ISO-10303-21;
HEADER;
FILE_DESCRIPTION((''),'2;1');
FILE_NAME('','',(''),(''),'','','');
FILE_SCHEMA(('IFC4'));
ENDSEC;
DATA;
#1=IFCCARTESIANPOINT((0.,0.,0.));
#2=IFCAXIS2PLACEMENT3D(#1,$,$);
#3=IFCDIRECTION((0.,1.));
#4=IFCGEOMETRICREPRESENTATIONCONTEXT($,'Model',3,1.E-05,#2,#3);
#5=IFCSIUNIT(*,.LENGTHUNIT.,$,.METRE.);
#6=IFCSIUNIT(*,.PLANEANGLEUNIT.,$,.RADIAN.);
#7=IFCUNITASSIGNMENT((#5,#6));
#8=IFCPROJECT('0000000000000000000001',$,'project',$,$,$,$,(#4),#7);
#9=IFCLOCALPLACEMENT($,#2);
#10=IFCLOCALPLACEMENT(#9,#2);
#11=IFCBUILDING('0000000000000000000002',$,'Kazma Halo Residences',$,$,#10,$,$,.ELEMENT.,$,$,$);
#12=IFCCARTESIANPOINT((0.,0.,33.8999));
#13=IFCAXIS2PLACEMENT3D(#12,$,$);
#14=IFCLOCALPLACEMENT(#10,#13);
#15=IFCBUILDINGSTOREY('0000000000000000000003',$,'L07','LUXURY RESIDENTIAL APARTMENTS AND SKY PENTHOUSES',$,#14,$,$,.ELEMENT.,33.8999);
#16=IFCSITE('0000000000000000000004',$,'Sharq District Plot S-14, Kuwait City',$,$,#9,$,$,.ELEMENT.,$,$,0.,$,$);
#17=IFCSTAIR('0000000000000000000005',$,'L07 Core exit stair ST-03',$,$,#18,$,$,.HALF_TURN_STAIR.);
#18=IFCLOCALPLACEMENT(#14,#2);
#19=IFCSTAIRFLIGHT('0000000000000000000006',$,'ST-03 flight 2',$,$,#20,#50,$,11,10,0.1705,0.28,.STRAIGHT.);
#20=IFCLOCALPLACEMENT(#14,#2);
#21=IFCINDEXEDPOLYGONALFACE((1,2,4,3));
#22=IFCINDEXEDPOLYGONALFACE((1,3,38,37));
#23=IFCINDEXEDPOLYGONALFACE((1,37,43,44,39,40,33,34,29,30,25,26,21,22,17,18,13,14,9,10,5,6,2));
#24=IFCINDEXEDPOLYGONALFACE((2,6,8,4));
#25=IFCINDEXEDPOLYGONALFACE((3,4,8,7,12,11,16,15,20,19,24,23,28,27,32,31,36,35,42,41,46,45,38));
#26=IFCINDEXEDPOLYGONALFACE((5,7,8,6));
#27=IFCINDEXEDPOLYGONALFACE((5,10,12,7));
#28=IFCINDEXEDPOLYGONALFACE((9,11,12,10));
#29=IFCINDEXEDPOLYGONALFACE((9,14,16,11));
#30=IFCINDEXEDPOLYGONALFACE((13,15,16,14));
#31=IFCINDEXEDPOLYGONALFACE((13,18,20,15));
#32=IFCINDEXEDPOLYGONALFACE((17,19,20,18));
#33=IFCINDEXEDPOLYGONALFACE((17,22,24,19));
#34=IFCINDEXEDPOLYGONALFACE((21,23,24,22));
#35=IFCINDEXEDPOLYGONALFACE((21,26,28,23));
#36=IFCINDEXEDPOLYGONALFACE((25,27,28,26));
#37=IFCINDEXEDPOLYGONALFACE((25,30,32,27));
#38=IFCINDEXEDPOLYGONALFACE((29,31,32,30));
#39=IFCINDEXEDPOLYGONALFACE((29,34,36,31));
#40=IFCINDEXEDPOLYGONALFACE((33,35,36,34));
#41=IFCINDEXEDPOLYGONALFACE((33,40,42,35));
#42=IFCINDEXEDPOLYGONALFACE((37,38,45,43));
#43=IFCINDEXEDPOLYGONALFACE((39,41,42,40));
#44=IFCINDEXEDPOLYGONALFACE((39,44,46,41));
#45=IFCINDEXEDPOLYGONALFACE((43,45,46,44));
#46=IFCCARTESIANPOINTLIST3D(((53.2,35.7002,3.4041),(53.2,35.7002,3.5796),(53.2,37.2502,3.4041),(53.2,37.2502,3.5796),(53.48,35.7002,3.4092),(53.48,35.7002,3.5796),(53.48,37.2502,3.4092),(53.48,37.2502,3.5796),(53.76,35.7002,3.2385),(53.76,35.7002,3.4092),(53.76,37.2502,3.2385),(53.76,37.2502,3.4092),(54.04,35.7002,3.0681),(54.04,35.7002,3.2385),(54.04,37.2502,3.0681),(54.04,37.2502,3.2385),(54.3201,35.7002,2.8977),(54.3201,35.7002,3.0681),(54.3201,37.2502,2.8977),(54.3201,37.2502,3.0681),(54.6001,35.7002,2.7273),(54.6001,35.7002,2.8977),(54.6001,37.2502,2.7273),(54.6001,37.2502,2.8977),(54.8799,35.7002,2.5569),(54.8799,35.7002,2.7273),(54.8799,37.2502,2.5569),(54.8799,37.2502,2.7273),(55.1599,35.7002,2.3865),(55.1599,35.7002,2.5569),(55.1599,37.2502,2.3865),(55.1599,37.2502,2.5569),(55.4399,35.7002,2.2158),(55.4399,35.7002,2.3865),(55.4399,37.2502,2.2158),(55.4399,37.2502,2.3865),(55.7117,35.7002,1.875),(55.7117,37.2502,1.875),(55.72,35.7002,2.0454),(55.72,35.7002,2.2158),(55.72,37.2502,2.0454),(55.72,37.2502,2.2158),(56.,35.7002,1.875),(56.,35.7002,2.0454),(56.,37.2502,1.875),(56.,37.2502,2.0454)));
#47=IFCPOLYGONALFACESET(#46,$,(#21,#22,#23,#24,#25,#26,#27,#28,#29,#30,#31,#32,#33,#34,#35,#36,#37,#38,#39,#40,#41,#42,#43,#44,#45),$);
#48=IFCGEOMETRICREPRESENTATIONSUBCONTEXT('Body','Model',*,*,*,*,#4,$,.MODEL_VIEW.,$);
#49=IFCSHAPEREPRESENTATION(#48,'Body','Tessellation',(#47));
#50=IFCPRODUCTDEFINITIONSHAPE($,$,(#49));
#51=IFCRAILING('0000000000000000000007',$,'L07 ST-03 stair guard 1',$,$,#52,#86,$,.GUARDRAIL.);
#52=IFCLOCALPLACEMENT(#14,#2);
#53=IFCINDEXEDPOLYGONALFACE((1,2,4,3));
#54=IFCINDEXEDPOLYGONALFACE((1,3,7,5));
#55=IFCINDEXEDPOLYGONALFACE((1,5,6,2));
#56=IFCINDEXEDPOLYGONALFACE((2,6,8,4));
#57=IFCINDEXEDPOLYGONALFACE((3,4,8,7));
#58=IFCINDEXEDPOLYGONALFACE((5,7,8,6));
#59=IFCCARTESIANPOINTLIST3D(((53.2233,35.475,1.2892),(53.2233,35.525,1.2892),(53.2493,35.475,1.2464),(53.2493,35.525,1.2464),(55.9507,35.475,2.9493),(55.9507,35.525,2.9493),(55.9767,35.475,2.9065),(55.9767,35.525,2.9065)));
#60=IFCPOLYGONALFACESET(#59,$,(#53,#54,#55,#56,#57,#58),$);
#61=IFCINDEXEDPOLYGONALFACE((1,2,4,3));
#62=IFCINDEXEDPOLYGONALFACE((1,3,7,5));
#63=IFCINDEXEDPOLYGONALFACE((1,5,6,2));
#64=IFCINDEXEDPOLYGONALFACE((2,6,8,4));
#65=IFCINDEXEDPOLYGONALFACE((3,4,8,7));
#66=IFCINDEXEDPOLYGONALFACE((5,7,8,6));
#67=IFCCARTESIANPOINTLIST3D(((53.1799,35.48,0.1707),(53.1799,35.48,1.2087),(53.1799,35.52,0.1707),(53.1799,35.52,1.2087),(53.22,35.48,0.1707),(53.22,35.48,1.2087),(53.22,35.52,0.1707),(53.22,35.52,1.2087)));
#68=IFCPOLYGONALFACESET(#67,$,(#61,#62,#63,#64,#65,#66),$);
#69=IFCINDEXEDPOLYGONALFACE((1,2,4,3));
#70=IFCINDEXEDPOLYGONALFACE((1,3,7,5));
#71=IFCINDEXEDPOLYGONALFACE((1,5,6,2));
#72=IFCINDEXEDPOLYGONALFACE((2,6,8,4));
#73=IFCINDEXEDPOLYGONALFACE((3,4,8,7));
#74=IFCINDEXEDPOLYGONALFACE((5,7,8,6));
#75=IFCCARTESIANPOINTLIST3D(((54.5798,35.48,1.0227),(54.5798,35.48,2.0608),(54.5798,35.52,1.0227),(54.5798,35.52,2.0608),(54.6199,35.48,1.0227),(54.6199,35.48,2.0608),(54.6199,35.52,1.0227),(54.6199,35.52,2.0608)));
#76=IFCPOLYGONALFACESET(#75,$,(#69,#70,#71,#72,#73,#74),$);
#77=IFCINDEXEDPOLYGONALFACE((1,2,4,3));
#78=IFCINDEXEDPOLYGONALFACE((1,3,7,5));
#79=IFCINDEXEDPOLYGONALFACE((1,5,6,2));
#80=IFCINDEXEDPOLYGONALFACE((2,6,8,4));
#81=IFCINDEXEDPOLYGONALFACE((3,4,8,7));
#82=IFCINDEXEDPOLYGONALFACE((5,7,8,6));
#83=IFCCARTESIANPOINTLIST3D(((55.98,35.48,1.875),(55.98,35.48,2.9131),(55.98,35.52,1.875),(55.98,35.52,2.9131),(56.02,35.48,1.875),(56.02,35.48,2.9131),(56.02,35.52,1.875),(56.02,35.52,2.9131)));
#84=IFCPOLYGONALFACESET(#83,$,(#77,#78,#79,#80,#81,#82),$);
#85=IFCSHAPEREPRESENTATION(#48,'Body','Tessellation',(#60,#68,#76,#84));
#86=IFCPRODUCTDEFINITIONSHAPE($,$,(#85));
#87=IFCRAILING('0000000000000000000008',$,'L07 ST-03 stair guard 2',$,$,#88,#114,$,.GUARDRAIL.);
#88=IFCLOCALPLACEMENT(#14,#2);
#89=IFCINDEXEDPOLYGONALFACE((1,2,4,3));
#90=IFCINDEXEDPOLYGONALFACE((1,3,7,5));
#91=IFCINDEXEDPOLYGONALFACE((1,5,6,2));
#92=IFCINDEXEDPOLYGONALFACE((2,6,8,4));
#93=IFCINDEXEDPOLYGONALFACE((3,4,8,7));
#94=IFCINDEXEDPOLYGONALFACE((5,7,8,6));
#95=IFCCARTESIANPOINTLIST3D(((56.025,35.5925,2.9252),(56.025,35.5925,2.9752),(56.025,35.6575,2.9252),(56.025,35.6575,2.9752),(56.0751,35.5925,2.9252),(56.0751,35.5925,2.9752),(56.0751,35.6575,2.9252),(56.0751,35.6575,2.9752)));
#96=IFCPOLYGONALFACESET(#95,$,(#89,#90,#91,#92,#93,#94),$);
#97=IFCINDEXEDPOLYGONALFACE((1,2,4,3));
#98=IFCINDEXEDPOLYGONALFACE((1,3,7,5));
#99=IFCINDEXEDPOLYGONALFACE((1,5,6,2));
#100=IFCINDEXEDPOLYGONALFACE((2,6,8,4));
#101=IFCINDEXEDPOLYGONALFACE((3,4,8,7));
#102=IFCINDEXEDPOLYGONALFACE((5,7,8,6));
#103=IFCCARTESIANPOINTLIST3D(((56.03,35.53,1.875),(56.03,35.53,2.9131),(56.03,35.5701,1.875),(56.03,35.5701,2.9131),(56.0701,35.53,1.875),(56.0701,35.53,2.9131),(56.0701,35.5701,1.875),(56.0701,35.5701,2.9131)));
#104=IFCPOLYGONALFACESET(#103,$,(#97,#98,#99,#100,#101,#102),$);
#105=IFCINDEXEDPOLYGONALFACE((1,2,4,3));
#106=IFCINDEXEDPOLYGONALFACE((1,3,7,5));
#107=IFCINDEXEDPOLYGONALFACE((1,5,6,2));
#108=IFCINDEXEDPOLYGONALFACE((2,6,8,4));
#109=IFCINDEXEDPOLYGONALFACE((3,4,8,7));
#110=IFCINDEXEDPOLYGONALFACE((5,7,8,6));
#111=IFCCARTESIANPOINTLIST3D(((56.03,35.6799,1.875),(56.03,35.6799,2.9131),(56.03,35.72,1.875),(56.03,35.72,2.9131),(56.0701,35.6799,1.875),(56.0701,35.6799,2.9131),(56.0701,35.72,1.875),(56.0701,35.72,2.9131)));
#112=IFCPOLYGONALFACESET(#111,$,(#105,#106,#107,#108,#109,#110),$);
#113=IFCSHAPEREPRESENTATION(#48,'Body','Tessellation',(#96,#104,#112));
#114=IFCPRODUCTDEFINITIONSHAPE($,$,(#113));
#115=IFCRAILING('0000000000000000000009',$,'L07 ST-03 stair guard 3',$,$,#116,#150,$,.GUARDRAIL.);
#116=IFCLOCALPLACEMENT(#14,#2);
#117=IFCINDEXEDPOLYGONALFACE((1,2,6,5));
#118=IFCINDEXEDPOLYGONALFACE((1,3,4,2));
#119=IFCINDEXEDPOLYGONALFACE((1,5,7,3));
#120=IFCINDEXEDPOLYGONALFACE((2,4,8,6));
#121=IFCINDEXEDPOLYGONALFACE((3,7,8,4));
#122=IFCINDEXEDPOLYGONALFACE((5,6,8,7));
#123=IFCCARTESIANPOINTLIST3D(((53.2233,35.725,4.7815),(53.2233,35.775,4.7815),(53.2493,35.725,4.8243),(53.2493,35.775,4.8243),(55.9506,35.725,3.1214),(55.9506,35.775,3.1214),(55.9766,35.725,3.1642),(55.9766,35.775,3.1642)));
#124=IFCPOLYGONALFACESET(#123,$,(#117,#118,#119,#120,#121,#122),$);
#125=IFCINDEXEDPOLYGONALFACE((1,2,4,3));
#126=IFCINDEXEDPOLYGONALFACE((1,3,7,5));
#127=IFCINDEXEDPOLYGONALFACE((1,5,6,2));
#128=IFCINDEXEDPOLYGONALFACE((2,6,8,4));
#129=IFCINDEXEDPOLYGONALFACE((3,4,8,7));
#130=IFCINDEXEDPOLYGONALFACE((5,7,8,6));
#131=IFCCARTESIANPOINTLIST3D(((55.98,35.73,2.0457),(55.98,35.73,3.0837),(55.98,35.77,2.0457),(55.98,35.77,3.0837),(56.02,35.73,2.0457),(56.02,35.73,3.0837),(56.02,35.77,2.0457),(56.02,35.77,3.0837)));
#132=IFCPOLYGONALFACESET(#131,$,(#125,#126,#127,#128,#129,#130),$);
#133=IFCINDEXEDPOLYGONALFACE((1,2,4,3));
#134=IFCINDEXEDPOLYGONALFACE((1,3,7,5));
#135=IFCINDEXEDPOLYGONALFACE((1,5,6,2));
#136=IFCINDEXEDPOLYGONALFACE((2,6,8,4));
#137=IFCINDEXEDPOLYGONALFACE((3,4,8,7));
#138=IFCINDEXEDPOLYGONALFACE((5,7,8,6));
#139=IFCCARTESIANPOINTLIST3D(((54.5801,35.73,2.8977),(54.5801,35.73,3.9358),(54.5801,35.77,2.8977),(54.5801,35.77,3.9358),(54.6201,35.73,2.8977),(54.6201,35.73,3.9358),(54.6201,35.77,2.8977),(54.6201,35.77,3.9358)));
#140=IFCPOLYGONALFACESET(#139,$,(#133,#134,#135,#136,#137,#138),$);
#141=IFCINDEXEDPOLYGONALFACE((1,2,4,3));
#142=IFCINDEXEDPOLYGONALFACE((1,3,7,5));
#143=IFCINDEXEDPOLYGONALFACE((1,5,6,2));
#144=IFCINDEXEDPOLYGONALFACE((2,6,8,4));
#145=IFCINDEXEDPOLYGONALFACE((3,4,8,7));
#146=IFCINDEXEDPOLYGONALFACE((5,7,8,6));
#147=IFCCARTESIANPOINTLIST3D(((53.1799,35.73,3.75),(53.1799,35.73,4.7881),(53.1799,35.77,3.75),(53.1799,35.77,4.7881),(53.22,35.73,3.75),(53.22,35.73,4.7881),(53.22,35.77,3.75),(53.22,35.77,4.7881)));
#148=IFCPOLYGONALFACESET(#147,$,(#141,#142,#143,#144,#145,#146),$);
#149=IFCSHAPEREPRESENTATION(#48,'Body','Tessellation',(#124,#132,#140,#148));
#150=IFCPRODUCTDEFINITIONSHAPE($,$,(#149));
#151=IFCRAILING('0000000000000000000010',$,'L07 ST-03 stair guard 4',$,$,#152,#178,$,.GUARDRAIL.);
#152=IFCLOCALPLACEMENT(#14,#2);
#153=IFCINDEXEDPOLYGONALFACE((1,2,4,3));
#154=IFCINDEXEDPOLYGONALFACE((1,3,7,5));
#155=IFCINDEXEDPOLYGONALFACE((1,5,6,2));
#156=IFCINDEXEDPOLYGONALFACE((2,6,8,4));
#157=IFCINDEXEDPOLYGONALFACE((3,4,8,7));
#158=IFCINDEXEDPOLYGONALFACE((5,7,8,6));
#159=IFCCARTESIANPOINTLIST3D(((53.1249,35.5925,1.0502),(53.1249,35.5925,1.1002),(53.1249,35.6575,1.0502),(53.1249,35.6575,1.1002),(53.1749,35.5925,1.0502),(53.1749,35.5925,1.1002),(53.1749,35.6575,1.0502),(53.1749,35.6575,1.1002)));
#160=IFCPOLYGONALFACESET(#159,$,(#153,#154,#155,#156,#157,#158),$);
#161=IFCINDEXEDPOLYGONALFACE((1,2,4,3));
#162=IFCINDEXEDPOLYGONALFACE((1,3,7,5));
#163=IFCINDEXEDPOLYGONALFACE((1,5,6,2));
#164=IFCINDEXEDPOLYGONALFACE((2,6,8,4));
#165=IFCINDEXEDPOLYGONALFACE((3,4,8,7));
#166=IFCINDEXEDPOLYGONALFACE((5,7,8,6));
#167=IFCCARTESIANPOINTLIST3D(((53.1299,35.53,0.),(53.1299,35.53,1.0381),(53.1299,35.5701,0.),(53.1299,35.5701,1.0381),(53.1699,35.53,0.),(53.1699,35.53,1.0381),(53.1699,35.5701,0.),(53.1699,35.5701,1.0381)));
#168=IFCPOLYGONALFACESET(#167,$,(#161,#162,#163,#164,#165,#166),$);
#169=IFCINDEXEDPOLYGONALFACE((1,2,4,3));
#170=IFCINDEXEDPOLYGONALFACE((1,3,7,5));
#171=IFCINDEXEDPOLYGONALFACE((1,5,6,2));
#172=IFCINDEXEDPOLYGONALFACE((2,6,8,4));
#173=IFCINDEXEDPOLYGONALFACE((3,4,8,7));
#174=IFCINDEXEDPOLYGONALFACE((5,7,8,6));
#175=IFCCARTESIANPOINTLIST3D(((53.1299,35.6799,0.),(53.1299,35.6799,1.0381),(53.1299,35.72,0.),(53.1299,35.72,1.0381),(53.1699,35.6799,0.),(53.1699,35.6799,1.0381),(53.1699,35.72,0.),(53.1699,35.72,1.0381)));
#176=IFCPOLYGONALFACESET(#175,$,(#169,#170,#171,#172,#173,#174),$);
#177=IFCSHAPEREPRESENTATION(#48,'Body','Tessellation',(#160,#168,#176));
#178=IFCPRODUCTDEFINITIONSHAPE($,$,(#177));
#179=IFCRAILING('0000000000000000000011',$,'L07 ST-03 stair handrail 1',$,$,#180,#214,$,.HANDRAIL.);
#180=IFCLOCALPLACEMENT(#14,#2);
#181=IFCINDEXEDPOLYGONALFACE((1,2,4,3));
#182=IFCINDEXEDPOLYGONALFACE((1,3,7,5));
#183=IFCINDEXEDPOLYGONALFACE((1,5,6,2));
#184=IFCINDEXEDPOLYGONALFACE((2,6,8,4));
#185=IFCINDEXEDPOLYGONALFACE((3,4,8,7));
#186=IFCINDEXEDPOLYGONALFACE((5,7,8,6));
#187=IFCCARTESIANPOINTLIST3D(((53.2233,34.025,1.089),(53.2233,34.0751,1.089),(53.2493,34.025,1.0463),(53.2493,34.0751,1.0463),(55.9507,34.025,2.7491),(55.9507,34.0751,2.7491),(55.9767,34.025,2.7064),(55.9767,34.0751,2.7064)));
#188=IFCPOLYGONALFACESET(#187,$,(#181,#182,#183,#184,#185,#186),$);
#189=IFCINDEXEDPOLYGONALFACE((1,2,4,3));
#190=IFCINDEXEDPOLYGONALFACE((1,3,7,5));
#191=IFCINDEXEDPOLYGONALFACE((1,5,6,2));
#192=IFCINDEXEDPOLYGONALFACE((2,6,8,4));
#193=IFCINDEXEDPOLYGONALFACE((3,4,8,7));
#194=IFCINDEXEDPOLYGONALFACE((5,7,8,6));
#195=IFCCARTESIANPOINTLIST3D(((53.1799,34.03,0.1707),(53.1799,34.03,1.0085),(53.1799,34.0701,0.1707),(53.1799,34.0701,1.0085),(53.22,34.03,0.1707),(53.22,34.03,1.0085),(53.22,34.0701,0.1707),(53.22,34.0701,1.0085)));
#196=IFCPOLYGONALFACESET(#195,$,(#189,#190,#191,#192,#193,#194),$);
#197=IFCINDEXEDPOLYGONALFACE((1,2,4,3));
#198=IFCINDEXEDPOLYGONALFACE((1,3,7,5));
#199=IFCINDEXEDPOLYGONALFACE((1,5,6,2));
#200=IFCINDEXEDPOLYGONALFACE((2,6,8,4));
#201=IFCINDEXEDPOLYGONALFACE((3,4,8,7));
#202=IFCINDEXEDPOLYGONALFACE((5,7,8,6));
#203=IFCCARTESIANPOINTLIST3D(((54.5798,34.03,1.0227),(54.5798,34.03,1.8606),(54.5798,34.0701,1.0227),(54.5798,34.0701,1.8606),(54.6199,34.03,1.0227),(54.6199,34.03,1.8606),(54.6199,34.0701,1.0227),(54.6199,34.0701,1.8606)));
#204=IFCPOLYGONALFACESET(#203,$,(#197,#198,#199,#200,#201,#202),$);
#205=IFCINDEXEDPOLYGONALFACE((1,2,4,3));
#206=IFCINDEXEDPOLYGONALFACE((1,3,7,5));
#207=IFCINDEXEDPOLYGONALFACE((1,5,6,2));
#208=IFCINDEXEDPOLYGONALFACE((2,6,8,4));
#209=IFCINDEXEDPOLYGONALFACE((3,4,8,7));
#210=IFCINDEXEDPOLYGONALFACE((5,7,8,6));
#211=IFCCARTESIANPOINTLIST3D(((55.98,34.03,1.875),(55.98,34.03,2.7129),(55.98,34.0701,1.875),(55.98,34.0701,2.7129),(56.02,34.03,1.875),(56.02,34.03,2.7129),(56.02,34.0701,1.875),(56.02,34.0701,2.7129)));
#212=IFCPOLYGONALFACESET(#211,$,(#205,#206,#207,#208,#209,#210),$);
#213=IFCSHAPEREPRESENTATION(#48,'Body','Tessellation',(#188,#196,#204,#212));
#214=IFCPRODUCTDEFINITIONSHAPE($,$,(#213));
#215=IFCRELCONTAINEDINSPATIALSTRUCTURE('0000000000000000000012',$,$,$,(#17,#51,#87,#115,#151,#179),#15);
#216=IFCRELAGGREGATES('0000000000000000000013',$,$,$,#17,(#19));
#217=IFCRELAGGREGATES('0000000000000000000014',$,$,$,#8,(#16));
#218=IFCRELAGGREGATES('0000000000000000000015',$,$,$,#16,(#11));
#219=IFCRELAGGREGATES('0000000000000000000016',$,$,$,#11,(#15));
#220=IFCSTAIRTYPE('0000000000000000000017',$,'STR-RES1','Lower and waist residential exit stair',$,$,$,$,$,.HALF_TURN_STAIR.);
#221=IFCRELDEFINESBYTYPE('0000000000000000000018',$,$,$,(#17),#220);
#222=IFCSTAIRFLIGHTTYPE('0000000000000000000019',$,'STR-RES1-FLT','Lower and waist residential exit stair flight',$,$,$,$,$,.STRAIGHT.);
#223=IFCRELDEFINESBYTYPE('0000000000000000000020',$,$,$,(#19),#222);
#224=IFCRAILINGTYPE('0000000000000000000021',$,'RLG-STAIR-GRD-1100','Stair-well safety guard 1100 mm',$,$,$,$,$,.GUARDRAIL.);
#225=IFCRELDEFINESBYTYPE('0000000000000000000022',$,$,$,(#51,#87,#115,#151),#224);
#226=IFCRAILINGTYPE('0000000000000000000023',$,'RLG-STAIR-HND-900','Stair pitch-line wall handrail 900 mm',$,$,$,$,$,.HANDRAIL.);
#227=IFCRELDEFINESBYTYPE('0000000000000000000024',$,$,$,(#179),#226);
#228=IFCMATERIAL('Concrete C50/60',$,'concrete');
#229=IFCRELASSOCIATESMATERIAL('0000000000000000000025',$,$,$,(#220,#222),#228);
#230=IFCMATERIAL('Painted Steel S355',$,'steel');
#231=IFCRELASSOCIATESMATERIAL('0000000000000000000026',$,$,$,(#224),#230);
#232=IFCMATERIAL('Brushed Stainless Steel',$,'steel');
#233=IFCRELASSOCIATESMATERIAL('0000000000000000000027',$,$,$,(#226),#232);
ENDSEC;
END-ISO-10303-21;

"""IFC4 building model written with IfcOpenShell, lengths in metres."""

from ifc_helpers import new_model, si_unit, direction, frame, origin, origin_2d, place, context, subcontext, project, spatial, polyline, rectangle, outline, extrude, material, type_object, element, aggregate, save


model = new_model("IFC4")

# Units and contexts
model_context = context("Model", 3, precision=1e-05, world=origin(), true_north=direction((0.0, 1.0)))
body_context = subcontext(model_context, "Body", "Model", "MODEL_VIEW")
ifc_project = project(units=[si_unit("LENGTHUNIT", "METRE"), si_unit("PLANEANGLEUNIT", "RADIAN")], contexts=[model_context])

# Site, building, storey
site_placement = place(None, origin())
site = spatial("IfcSite", under=ifc_project, at=site_placement, Name="Sharq District Plot S-14, Kuwait City", CompositionType="ELEMENT", RefElevation=0.0)
building_placement = place(site_placement, origin())
building = spatial("IfcBuilding", under=site, at=building_placement, Name="Kazma Halo Residences", CompositionType="ELEMENT")
storey_placement = place(building_placement, frame((0.0, 0.0, 33.8999)))
storey = spatial("IfcBuildingStorey", under=building, at=storey_placement, Name="L07", Description="LUXURY RESIDENTIAL APARTMENTS AND SKY PENTHOUSES", CompositionType="ELEMENT", Elevation=33.8999)

# Shared definitions
ifc_material_1 = material(Name="Concrete C50/60", Category="concrete")

# Stair, stair flight
stair_type = type_object("IfcStairType", Name="STR-RES1", Description="Lower and waist residential exit stair", PredefinedType="HALF_TURN_STAIR", material=ifc_material_1)
stair_placement = place(storey_placement, origin())
stair = element("IfcStair", 1, at=stair_placement, inside=storey, type_object=stair_type, Name="L07 Core exit stair ST-03", PredefinedType="HALF_TURN_STAIR")
stair_flight_type = type_object("IfcStairFlightType", Name="STR-RES1-FLT", Description="Lower and waist residential exit stair flight", PredefinedType="STRAIGHT", material=ifc_material_1)
stair_flight_1_placement = place(storey_placement, frame((56.0, 36.4751, 1.875), z_axis=(0.0, 0.0, 1.0), x_axis=(-1.0, 0.0, 0.0)))
stair_flight_1 = element("IfcStairFlight", 2, at=stair_flight_1_placement, type_object=stair_flight_type, Name="ST-03 flight 2", NumberOfRisers=11, NumberOfTreads=10, PredefinedType="STRAIGHT", RiserHeight=0.1705, TreadLength=0.28, context=body_context, shape_type="SweptSolid", body=[
    extrude(outline(polyline([(0.0, 0.0), (0.0, 0.1704), (0.28, 0.1704), (0.28, 0.3408), (0.5601, 0.3408), (0.5601, 0.5115), (0.8401, 0.5115), (0.8401, 0.6819), (1.1201, 0.6819), (1.1201, 0.8523), (1.3999, 0.8523), (1.3999, 1.0227), (1.6799, 1.0227), (1.6799, 1.1931), (1.96, 1.1931), (1.96, 1.3635), (2.24, 1.3635), (2.24, 1.5342), (2.52, 1.5342), (2.52, 1.7046), (2.8, 1.7046), (2.8, 1.875), (2.8, 1.5291), (0.2883, 0.0), (0.0, 0.0)])), frame((0.0, 0.7749, 0.0), z_axis=(0.0, -1.0, 0.0), x_axis=(1.0, 0.0, 0.0)), (0.0, 0.0, 1.0), 1.55),
])
aggregate(stair, [stair_flight_1])

# Railings
ifc_material_2 = material(Name="Painted Steel S355", Category="steel")
railing_type_1 = type_object("IfcRailingType", Name="RLG-STAIR-GRD-1100", Description="Stair-well safety guard 1100 mm", PredefinedType="GUARDRAIL", material=ifc_material_2)
railing_1_placement = place(storey_placement, frame((53.2, 35.5, 0.1707)))
element("IfcRailing", 3, at=railing_1_placement, inside=storey, type_object=railing_type_1, Name="L07 ST-03 stair guard 1", PredefinedType="GUARDRAIL", context=body_context, shape_type="SweptSolid", body=[
    extrude(rectangle(XDim=0.05, YDim=0.05, at=origin_2d()), frame((0.0364, 0.0, 1.0972), z_axis=(0.854203, 0.0, 0.51994), x_axis=(0.0, 1.0, 0.0)), (0.0, 0.0, 1.0), 3.1929),
    extrude(rectangle(XDim=0.04, YDim=0.04, at=origin_2d()), origin(), (0.0, 0.0, 1.0), 1.0381),
    extrude(rectangle(XDim=0.04, YDim=0.04, at=origin_2d()), frame((1.3999, 0.0, 0.8521)), (0.0, 0.0, 1.0), 1.0381),
    extrude(rectangle(XDim=0.04, YDim=0.04, at=origin_2d()), frame((2.8, 0.0, 1.7043)), (0.0, 0.0, 1.0), 1.0381),
])
railing_2_placement = place(storey_placement, frame((56.05, 35.55, 1.875)))
element("IfcRailing", 4, at=railing_2_placement, inside=storey, type_object=railing_type_1, Name="L07 ST-03 stair guard 2", PredefinedType="GUARDRAIL", context=body_context, shape_type="SweptSolid", body=[
    extrude(rectangle(XDim=0.05, YDim=0.05, at=origin_2d()), frame((0.0, 0.0425, 1.0752), z_axis=(0.0, 1.0, 0.0), x_axis=(-1.0, 0.0, 0.0)), (0.0, 0.0, 1.0), 0.0649),
    extrude(rectangle(XDim=0.04, YDim=0.04, at=origin_2d()), origin(), (0.0, 0.0, 1.0), 1.0381),
    extrude(rectangle(XDim=0.04, YDim=0.04, at=origin_2d()), frame((0.0, 0.1499, 0.0)), (0.0, 0.0, 1.0), 1.0381),
])
railing_3_placement = place(storey_placement, frame((56.0, 35.75, 2.0457)))
element("IfcRailing", 5, at=railing_3_placement, inside=storey, type_object=railing_type_1, Name="L07 ST-03 stair guard 3", PredefinedType="GUARDRAIL", context=body_context, shape_type="SweptSolid", body=[
    extrude(rectangle(XDim=0.05, YDim=0.05, at=origin_2d()), frame((-0.0364, 0.0, 1.0972), z_axis=(-0.854203, 0.0, 0.51994), x_axis=(0.0, -1.0, 0.0)), (0.0, 0.0, 1.0), 3.1929),
    extrude(rectangle(XDim=0.04, YDim=0.04, at=origin_2d()), origin(), (0.0, 0.0, 1.0), 1.0381),
    extrude(rectangle(XDim=0.04, YDim=0.04, at=origin_2d()), frame((-1.3999, 0.0, 0.8521)), (0.0, 0.0, 1.0), 1.0381),
    extrude(rectangle(XDim=0.04, YDim=0.04, at=origin_2d()), frame((-2.8, 0.0, 1.7043)), (0.0, 0.0, 1.0), 1.0381),
])
railing_4_placement = place(storey_placement, frame((53.1499, 35.55, 0.0)))
element("IfcRailing", 6, at=railing_4_placement, inside=storey, type_object=railing_type_1, Name="L07 ST-03 stair guard 4", PredefinedType="GUARDRAIL", context=body_context, shape_type="SweptSolid", body=[
    extrude(rectangle(XDim=0.05, YDim=0.05, at=origin_2d()), frame((0.0, 0.0425, 1.0752), z_axis=(0.0, 1.0, 0.0), x_axis=(-1.0, 0.0, 0.0)), (0.0, 0.0, 1.0), 0.0649),
    extrude(rectangle(XDim=0.04, YDim=0.04, at=origin_2d()), origin(), (0.0, 0.0, 1.0), 1.0381),
    extrude(rectangle(XDim=0.04, YDim=0.04, at=origin_2d()), frame((0.0, 0.1499, 0.0)), (0.0, 0.0, 1.0), 1.0381),
])
ifc_material_3 = material(Name="Brushed Stainless Steel", Category="steel")
railing_type_2 = type_object("IfcRailingType", Name="RLG-STAIR-HND-900", Description="Stair pitch-line wall handrail 900 mm", PredefinedType="HANDRAIL", material=ifc_material_3)
railing_5_placement = place(storey_placement, frame((53.2, 34.05, 0.1707)))
element("IfcRailing", 7, at=railing_5_placement, inside=storey, type_object=railing_type_2, Name="L07 ST-03 stair handrail 1", PredefinedType="HANDRAIL", context=body_context, shape_type="SweptSolid", body=[
    extrude(rectangle(XDim=0.05, YDim=0.05, at=origin_2d()), frame((0.0364, 0.0, 0.897), z_axis=(0.854203, 0.0, 0.51994), x_axis=(0.0, 1.0, 0.0)), (0.0, 0.0, 1.0), 3.1929),
    extrude(rectangle(XDim=0.04, YDim=0.04, at=origin_2d()), origin(), (0.0, 0.0, 1.0), 0.8379),
    extrude(rectangle(XDim=0.04, YDim=0.04, at=origin_2d()), frame((1.3999, 0.0, 0.8521)), (0.0, 0.0, 1.0), 0.8379),
    extrude(rectangle(XDim=0.04, YDim=0.04, at=origin_2d()), frame((2.8, 0.0, 1.7043)), (0.0, 0.0, 1.0), 0.8379),
])

save(model, "model.ifc")
